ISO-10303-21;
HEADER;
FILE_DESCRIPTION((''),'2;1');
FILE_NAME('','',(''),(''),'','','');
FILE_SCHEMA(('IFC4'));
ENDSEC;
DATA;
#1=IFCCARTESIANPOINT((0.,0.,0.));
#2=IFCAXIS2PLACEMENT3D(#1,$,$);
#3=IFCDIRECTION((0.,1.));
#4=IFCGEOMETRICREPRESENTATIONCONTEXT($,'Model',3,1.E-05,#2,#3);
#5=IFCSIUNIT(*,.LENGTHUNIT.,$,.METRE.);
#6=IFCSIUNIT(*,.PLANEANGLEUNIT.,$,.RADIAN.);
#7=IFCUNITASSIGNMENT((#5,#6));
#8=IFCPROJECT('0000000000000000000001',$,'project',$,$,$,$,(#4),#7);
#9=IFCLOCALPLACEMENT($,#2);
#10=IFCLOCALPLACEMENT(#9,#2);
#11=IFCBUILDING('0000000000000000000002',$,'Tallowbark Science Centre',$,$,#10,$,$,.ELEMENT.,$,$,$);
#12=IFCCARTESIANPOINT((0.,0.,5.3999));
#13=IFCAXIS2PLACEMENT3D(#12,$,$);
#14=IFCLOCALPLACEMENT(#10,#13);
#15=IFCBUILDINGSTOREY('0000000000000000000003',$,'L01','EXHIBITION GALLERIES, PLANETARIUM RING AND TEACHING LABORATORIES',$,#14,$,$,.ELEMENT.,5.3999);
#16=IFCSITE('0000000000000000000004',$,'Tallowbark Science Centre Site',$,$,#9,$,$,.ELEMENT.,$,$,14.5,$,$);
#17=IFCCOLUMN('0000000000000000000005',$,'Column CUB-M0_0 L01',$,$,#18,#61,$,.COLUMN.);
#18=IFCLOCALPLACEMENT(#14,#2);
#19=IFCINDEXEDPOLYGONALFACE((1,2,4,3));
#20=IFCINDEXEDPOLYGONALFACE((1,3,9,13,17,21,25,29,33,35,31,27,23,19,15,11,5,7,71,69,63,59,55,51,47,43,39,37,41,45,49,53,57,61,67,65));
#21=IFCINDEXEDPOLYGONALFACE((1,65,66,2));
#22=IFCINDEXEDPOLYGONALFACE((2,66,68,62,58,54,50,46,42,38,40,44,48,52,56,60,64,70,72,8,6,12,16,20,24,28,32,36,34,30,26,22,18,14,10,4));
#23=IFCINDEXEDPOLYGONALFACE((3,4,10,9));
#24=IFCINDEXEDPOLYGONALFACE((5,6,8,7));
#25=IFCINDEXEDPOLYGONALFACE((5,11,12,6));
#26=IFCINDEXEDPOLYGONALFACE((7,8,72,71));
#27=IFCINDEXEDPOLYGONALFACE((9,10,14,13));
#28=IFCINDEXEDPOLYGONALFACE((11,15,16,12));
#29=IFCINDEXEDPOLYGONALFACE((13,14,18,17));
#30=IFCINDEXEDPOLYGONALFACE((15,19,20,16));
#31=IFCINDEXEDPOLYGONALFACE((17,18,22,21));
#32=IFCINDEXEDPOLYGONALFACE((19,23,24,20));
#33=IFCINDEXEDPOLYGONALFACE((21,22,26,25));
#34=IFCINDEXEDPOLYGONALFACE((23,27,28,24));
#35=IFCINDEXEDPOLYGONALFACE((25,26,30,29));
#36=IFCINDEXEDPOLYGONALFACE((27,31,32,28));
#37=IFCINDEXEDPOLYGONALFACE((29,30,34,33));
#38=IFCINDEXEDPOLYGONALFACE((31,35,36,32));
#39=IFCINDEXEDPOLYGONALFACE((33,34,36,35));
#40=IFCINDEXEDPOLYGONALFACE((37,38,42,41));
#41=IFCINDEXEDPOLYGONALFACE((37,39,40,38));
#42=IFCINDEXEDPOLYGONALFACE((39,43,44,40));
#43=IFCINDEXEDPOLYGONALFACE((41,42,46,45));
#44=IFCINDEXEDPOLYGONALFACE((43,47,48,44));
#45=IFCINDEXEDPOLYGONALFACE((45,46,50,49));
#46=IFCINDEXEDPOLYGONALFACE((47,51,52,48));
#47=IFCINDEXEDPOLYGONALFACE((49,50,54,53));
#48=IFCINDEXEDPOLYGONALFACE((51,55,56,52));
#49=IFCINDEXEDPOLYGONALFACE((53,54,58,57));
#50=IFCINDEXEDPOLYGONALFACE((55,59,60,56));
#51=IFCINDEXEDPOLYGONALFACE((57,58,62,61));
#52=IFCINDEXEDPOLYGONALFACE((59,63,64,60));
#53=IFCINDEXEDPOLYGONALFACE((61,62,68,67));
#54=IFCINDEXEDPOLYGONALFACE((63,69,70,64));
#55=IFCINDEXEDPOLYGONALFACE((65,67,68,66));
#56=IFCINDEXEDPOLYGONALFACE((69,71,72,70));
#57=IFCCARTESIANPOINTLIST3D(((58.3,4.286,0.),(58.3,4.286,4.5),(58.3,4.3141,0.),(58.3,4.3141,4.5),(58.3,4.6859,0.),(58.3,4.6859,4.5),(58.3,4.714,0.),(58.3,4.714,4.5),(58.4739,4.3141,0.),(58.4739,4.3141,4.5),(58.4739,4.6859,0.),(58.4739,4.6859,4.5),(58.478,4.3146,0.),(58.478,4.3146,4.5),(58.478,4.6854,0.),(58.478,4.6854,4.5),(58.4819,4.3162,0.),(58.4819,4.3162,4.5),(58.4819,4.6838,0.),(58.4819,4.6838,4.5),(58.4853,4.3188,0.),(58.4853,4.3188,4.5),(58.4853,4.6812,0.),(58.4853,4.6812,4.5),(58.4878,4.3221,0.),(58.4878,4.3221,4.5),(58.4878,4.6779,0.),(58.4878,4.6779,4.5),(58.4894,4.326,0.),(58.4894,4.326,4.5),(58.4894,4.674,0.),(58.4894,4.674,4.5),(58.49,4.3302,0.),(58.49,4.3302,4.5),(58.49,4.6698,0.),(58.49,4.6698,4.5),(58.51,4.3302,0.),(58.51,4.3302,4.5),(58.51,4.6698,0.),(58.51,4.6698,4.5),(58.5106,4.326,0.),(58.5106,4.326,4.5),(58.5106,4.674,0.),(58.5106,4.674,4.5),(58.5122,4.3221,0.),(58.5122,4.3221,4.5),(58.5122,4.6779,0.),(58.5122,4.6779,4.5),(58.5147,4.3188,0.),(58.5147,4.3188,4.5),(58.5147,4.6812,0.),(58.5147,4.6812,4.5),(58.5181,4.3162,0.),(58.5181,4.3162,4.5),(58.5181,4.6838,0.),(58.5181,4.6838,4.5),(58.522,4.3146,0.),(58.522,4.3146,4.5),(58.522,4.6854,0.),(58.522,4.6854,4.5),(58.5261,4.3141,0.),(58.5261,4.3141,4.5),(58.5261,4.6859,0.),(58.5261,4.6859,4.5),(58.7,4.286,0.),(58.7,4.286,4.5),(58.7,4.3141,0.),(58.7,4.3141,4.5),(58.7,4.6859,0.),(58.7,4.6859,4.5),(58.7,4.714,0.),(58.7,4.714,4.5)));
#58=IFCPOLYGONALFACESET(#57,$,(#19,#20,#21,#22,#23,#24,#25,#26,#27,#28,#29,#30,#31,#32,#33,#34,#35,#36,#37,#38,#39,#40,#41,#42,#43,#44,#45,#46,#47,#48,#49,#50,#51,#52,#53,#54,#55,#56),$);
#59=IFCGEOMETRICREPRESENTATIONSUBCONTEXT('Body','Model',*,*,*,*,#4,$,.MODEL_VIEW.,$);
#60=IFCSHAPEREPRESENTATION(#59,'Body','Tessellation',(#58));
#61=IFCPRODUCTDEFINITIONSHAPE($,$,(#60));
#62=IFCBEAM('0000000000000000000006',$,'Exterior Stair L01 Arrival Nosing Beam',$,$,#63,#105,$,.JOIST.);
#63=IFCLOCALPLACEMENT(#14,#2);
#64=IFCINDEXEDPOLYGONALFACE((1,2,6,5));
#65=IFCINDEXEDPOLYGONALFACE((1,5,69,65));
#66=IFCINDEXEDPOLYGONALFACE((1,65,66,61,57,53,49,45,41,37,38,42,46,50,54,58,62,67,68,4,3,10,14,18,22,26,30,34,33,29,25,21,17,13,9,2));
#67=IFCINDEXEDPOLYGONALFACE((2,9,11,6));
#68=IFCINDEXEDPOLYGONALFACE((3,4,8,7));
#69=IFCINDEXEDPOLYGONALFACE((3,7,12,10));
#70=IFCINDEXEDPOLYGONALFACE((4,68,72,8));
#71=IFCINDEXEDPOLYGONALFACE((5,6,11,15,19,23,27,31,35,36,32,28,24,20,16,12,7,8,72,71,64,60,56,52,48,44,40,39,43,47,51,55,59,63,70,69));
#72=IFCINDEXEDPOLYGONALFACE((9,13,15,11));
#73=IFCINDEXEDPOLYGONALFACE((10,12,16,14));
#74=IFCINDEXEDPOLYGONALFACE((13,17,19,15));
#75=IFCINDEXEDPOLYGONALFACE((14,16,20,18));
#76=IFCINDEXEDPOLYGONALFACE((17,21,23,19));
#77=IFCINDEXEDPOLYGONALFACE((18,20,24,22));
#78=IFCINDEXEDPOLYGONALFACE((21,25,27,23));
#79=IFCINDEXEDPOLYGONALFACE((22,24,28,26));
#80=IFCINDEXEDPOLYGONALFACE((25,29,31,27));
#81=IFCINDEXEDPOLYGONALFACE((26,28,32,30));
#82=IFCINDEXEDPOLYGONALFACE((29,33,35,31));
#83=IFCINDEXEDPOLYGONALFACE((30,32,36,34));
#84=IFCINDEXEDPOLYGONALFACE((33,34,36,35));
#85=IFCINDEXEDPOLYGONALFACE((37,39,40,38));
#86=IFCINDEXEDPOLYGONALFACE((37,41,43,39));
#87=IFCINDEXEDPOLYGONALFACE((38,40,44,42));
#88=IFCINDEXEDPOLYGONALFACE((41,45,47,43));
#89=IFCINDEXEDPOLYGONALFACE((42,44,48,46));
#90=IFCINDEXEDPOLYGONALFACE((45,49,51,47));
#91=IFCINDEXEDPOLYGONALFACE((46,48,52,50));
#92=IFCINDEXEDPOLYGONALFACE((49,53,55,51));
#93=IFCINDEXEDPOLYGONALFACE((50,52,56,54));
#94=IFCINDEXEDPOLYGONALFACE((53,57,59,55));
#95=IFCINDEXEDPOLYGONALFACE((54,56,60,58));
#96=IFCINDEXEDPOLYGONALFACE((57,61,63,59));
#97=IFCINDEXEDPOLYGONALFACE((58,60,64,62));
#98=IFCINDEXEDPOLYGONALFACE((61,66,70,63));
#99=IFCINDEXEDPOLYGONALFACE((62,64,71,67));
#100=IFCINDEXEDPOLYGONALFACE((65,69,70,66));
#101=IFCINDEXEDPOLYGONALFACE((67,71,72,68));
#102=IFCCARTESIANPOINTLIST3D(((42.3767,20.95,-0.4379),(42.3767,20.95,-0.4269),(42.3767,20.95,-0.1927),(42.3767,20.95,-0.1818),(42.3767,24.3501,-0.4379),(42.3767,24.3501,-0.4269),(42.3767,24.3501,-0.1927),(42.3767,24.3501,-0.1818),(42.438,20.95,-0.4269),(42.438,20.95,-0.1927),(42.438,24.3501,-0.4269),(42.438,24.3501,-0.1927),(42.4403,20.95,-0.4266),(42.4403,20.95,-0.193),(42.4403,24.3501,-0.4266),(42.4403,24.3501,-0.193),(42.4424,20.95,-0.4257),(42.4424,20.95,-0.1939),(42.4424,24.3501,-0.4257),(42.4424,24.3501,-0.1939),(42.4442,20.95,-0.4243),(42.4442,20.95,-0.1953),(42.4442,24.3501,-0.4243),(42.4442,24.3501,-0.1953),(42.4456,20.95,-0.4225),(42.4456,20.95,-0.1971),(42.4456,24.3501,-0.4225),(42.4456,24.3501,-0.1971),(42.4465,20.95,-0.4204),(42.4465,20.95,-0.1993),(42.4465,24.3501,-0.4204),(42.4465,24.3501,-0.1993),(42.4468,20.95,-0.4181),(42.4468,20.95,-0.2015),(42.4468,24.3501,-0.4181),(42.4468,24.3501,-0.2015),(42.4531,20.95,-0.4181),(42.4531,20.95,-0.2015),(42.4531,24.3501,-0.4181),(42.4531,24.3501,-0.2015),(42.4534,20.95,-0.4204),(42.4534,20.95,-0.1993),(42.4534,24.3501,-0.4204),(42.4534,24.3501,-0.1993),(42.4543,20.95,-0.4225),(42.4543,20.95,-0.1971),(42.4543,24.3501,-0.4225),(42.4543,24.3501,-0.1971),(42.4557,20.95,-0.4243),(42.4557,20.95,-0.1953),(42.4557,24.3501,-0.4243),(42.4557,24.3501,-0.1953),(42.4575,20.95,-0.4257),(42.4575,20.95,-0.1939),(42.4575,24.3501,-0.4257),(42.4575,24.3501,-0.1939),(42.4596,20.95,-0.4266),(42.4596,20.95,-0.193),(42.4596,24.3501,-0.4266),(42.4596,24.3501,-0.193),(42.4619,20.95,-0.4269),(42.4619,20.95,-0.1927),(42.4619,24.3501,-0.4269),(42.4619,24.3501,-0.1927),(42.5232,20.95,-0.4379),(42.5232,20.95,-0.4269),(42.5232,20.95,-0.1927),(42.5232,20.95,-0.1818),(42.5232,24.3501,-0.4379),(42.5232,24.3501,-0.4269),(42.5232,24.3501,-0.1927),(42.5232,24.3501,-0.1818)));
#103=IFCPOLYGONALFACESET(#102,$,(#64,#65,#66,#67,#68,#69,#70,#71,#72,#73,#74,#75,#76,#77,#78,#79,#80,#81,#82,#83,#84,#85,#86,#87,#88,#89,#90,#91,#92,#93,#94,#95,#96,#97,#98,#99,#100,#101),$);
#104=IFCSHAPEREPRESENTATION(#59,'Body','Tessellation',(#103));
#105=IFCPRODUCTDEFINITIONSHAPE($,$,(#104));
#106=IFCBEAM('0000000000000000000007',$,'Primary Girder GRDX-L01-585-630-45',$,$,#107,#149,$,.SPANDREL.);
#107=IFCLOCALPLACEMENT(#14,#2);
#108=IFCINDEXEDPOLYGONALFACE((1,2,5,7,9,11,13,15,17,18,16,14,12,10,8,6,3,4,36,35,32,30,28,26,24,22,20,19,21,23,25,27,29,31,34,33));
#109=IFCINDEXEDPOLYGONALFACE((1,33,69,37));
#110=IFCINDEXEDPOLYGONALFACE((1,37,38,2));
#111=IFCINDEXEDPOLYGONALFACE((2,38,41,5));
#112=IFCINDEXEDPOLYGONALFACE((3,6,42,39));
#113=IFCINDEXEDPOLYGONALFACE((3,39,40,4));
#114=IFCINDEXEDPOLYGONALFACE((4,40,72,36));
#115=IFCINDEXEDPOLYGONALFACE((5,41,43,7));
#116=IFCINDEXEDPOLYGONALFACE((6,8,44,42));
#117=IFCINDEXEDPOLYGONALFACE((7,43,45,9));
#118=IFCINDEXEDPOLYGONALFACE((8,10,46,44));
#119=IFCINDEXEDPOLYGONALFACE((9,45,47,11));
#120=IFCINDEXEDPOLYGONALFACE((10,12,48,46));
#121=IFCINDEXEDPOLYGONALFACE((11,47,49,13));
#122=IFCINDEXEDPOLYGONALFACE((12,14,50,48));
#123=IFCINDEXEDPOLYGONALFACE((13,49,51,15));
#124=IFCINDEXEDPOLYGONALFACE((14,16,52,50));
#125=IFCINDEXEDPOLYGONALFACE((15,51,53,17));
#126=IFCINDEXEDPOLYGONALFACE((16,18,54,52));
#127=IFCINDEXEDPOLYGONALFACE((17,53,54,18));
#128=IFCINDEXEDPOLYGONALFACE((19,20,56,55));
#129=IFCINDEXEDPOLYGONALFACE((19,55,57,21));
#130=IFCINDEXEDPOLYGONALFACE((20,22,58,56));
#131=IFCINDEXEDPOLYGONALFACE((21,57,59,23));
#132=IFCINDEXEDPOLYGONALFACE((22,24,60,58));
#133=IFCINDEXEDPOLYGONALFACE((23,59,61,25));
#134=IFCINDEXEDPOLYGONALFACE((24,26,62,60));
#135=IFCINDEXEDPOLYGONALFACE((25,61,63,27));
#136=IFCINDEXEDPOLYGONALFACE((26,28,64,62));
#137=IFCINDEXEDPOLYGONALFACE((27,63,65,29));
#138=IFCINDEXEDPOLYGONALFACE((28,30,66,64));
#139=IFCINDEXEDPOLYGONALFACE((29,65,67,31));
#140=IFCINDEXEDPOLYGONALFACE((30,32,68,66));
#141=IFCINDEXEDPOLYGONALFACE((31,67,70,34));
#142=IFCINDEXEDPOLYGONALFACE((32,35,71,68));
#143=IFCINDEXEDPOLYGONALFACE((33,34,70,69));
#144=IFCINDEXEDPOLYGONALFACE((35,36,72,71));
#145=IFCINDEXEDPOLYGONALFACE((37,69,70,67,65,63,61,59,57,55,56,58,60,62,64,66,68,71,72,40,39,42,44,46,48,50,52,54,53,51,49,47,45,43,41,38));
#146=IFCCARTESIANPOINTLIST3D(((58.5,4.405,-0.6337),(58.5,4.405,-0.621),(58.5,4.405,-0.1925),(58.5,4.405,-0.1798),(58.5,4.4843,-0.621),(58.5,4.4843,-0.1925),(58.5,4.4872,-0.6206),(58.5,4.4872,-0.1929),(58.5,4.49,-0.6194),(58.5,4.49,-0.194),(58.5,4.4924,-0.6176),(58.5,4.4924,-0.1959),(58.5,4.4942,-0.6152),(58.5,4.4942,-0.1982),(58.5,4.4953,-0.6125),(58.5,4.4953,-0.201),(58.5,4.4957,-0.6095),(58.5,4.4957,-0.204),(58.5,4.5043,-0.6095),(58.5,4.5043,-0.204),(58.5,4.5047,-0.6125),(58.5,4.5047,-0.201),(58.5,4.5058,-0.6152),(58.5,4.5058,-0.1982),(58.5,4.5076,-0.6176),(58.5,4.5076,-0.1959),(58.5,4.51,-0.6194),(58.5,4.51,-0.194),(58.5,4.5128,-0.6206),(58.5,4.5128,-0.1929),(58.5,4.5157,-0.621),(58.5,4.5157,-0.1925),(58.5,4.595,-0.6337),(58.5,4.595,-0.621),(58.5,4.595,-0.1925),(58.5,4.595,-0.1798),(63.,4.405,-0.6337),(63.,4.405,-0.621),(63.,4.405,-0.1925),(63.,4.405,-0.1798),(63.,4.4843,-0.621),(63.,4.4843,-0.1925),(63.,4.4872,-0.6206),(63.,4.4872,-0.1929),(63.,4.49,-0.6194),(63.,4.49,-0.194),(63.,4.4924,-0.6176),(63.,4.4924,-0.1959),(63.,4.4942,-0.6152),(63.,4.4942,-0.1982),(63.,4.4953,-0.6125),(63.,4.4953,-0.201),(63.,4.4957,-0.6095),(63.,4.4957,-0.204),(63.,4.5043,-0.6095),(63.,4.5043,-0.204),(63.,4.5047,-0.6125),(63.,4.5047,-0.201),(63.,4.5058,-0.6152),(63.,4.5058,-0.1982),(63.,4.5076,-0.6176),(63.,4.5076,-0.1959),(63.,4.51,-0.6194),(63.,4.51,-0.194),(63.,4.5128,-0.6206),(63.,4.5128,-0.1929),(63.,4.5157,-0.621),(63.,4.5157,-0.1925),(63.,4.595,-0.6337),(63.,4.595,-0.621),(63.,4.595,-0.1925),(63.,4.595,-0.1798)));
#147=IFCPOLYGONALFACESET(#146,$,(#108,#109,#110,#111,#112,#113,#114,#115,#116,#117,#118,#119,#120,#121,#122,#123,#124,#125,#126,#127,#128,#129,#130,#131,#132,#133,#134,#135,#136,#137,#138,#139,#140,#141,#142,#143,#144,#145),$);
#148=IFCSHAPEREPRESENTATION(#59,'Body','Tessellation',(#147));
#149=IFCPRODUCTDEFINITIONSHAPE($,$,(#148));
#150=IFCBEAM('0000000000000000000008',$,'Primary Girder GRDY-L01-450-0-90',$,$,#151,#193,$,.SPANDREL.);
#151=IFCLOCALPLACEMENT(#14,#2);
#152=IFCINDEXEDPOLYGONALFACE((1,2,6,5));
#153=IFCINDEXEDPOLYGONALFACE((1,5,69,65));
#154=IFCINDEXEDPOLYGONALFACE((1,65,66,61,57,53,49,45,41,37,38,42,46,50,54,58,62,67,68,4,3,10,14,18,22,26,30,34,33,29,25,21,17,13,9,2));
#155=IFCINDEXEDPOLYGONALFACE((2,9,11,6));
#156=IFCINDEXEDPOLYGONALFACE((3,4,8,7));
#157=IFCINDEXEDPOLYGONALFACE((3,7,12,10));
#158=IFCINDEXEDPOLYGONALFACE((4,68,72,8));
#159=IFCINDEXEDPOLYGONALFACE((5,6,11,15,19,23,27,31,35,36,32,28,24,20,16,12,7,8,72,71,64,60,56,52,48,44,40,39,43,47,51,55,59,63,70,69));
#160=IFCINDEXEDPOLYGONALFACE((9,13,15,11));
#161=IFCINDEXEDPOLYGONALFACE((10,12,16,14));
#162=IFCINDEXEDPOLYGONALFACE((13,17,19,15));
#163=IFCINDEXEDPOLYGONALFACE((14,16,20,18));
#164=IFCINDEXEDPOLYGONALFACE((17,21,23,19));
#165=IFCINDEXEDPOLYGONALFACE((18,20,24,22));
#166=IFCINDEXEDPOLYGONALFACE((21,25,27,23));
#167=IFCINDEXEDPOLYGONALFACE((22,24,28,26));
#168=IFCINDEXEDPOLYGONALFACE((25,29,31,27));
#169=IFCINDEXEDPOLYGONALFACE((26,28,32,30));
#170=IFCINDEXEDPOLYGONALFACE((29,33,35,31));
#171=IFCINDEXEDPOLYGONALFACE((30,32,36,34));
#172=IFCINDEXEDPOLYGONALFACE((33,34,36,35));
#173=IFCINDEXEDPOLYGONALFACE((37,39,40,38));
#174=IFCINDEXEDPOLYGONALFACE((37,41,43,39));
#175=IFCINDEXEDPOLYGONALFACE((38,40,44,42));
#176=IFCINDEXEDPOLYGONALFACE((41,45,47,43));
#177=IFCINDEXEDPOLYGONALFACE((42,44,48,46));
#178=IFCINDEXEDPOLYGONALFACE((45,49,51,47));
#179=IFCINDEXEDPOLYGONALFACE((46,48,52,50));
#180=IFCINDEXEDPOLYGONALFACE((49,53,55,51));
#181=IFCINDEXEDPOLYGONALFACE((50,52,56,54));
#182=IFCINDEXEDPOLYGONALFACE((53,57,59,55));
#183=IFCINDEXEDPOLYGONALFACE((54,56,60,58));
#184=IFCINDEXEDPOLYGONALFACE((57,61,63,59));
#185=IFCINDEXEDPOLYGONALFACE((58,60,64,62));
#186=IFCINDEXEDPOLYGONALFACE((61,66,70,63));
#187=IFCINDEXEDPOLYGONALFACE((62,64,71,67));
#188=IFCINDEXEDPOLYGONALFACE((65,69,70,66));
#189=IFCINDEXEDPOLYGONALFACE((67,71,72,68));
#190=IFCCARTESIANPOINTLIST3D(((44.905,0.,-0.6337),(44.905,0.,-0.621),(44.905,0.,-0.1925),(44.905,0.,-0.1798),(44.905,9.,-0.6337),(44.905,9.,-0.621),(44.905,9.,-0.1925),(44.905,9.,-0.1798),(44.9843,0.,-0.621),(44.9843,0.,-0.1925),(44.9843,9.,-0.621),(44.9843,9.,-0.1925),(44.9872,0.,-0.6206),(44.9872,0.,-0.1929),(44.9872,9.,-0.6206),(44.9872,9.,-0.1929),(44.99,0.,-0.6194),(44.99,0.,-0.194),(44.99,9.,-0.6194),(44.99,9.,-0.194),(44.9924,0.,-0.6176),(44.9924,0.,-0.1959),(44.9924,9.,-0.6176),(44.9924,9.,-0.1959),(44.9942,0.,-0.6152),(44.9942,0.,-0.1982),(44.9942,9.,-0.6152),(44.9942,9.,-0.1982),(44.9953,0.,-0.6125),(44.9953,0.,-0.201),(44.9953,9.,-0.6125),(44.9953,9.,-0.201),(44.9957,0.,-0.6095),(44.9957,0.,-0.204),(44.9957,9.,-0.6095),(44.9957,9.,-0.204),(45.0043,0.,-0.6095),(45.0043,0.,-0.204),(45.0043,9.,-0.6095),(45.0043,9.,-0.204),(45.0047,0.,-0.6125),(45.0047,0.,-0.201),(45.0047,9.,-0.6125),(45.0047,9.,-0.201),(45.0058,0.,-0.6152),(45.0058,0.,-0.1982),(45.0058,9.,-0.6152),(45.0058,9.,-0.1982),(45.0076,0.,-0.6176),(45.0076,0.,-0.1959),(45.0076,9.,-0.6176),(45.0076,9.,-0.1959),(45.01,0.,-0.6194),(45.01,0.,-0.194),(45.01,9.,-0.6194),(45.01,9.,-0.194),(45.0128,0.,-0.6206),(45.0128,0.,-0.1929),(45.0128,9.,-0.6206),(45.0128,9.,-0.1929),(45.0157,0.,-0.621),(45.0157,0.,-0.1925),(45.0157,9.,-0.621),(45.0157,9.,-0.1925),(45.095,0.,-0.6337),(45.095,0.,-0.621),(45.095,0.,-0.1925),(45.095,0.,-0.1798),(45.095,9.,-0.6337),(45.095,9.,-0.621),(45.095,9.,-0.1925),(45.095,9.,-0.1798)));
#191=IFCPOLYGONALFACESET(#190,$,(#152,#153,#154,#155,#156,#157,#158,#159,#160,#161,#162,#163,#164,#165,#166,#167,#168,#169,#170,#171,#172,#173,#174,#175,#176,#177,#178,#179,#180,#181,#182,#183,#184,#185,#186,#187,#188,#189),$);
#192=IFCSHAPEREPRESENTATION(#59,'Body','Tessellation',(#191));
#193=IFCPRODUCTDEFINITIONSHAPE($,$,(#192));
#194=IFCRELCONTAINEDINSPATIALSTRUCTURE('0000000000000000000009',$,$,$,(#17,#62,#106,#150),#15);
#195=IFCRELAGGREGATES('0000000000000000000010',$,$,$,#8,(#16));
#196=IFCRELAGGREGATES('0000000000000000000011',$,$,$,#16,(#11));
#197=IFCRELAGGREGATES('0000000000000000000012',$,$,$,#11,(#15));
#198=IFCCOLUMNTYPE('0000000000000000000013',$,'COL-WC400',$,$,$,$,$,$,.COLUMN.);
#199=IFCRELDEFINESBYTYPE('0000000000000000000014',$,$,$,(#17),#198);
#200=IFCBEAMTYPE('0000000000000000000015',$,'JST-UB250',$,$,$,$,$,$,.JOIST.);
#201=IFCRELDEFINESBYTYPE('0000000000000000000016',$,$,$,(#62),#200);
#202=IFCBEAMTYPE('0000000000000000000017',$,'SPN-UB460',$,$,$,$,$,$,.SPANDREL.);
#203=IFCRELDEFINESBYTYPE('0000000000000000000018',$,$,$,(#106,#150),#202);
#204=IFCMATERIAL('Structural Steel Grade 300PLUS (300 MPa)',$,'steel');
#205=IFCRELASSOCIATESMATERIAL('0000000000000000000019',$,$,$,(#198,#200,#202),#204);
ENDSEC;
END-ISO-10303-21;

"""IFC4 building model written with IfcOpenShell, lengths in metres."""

from ifc_helpers import new_model, si_unit, direction, frame, origin, origin_2d, place, context, subcontext, project, spatial, i_section, extrude, material, material_profile, profile_set, type_object, element, save


model = new_model("IFC4")

# Units and contexts
model_context = context("Model", 3, precision=1e-05, world=origin(), true_north=direction((0.0, 1.0)))
body_context = subcontext(model_context, "Body", "Model", "MODEL_VIEW")
ifc_project = project(units=[si_unit("LENGTHUNIT", "METRE"), si_unit("PLANEANGLEUNIT", "RADIAN")], contexts=[model_context])

# Site, building, storey
site_placement = place(None, origin())
site = spatial("IfcSite", under=ifc_project, at=site_placement, Name="Tallowbark Science Centre Site", CompositionType="ELEMENT", RefElevation=14.5)
building_placement = place(site_placement, origin())
building = spatial("IfcBuilding", under=site, at=building_placement, Name="Tallowbark Science Centre", CompositionType="ELEMENT")
storey_placement = place(building_placement, frame((0.0, 0.0, 5.3999)))
storey = spatial("IfcBuildingStorey", under=building, at=storey_placement, Name="L01", Description="EXHIBITION GALLERIES, PLANETARIUM RING AND TEACHING LABORATORIES", CompositionType="ELEMENT", Elevation=5.3999)

# Column
ifc_material_1 = material(Name="Structural Steel Grade 300PLUS (300 MPa)", Category="steel")
ifc_material_profile_1 = material_profile(ifc_material_1, i_section(OverallWidth=0.3999, OverallDepth=0.428, WebThickness=0.02, FlangeThickness=0.0281, FilletRadius=0.0161, at=origin_2d()), Name="400WC270")
ifc_profile_set_1 = profile_set([ifc_material_profile_1], Name="Structural Steel Grade 300PLUS (300 MPa)")
column_type_1 = type_object("IfcColumnType", Name="COL-WC400", PredefinedType="COLUMN", material=ifc_profile_set_1)
column_1_placement = place(storey_placement, frame((58.5, 4.5, 0.0), z_axis=(0.0, 0.0, 1.0), x_axis=(1.0, 0.0, 0.0)))
element("IfcColumn", 1, at=column_1_placement, inside=storey, type_object=column_type_1, Name="Column CUB-M0_0 L01", PredefinedType="COLUMN", context=body_context, shape_type="SweptSolid", body=[
    extrude(i_section(OverallWidth=0.3999, OverallDepth=0.428, WebThickness=0.02, FlangeThickness=0.0281, FilletRadius=0.0161, at=origin_2d()), origin(), (0.0, 0.0, 1.0), 4.5),
])

# Beams
ifc_material_profile_2 = material_profile(ifc_material_1, i_section(OverallWidth=0.1465, OverallDepth=0.2561, WebThickness=0.0063, FlangeThickness=0.011, FilletRadius=0.0088, at=origin_2d()), Name="250UB37.3")
ifc_profile_set_2 = profile_set([ifc_material_profile_2], Name="Structural Steel Grade 300PLUS (300 MPa)")
beam_type_1 = type_object("IfcBeamType", Name="JST-UB250", PredefinedType="JOIST", material=ifc_profile_set_2)
beam_1_placement = place(storey_placement, frame((42.45, 20.95, -0.3098), z_axis=(0.0, 1.0, 0.0), x_axis=(-1.0, 0.0, 0.0)))
element("IfcBeam", 2, at=beam_1_placement, inside=storey, type_object=beam_type_1, Name="Exterior Stair L01 Arrival Nosing Beam", PredefinedType="JOIST", context=body_context, shape_type="SweptSolid", body=[
    extrude(i_section(OverallWidth=0.1465, OverallDepth=0.2561, WebThickness=0.0063, FlangeThickness=0.011, FilletRadius=0.0088, at=origin_2d()), origin(), (0.0, 0.0, 1.0), 3.4001),
])
ifc_material_profile_3 = material_profile(ifc_material_1, i_section(OverallWidth=0.1899, OverallDepth=0.4539, WebThickness=0.0085, FlangeThickness=0.0127, FilletRadius=0.0115, at=origin_2d()), Name="460UB67.1")
ifc_profile_set_3 = profile_set([ifc_material_profile_3], Name="Structural Steel Grade 300PLUS (300 MPa)")
beam_type_2 = type_object("IfcBeamType", Name="SPN-UB460", PredefinedType="SPANDREL", material=ifc_profile_set_3)
beam_2_placement = place(storey_placement, frame((58.5, 4.5, -0.4067), z_axis=(1.0, 0.0, 0.0), x_axis=(0.0, 1.0, 0.0)))
element("IfcBeam", 3, at=beam_2_placement, inside=storey, type_object=beam_type_2, Name="Primary Girder GRDX-L01-585-630-45", PredefinedType="SPANDREL", context=body_context, shape_type="SweptSolid", body=[
    extrude(i_section(OverallWidth=0.1899, OverallDepth=0.4539, WebThickness=0.0085, FlangeThickness=0.0127, FilletRadius=0.0115, at=origin_2d()), origin(), (0.0, 0.0, 1.0), 4.5),
])
for number, where, z_axis, x_axis, name in (
    (4, (45.0, 0.0, -0.4067), (0.0, 1.0, 0.0), (-1.0, 0.0, 0.0), "Primary Girder GRDY-L01-450-0-90"),
):
    element("IfcBeam", number, at=place(storey_placement, frame(where, z_axis=z_axis, x_axis=x_axis)), inside=storey, type_object=beam_type_2, Name=name, PredefinedType="SPANDREL", context=body_context, shape_type="SweptSolid", body=[
        extrude(i_section(OverallWidth=0.1899, OverallDepth=0.4539, WebThickness=0.0085, FlangeThickness=0.0127, FilletRadius=0.0115, at=origin_2d()), origin(), (0.0, 0.0, 1.0), 9.0),
    ])

save(model, "model.ifc")
